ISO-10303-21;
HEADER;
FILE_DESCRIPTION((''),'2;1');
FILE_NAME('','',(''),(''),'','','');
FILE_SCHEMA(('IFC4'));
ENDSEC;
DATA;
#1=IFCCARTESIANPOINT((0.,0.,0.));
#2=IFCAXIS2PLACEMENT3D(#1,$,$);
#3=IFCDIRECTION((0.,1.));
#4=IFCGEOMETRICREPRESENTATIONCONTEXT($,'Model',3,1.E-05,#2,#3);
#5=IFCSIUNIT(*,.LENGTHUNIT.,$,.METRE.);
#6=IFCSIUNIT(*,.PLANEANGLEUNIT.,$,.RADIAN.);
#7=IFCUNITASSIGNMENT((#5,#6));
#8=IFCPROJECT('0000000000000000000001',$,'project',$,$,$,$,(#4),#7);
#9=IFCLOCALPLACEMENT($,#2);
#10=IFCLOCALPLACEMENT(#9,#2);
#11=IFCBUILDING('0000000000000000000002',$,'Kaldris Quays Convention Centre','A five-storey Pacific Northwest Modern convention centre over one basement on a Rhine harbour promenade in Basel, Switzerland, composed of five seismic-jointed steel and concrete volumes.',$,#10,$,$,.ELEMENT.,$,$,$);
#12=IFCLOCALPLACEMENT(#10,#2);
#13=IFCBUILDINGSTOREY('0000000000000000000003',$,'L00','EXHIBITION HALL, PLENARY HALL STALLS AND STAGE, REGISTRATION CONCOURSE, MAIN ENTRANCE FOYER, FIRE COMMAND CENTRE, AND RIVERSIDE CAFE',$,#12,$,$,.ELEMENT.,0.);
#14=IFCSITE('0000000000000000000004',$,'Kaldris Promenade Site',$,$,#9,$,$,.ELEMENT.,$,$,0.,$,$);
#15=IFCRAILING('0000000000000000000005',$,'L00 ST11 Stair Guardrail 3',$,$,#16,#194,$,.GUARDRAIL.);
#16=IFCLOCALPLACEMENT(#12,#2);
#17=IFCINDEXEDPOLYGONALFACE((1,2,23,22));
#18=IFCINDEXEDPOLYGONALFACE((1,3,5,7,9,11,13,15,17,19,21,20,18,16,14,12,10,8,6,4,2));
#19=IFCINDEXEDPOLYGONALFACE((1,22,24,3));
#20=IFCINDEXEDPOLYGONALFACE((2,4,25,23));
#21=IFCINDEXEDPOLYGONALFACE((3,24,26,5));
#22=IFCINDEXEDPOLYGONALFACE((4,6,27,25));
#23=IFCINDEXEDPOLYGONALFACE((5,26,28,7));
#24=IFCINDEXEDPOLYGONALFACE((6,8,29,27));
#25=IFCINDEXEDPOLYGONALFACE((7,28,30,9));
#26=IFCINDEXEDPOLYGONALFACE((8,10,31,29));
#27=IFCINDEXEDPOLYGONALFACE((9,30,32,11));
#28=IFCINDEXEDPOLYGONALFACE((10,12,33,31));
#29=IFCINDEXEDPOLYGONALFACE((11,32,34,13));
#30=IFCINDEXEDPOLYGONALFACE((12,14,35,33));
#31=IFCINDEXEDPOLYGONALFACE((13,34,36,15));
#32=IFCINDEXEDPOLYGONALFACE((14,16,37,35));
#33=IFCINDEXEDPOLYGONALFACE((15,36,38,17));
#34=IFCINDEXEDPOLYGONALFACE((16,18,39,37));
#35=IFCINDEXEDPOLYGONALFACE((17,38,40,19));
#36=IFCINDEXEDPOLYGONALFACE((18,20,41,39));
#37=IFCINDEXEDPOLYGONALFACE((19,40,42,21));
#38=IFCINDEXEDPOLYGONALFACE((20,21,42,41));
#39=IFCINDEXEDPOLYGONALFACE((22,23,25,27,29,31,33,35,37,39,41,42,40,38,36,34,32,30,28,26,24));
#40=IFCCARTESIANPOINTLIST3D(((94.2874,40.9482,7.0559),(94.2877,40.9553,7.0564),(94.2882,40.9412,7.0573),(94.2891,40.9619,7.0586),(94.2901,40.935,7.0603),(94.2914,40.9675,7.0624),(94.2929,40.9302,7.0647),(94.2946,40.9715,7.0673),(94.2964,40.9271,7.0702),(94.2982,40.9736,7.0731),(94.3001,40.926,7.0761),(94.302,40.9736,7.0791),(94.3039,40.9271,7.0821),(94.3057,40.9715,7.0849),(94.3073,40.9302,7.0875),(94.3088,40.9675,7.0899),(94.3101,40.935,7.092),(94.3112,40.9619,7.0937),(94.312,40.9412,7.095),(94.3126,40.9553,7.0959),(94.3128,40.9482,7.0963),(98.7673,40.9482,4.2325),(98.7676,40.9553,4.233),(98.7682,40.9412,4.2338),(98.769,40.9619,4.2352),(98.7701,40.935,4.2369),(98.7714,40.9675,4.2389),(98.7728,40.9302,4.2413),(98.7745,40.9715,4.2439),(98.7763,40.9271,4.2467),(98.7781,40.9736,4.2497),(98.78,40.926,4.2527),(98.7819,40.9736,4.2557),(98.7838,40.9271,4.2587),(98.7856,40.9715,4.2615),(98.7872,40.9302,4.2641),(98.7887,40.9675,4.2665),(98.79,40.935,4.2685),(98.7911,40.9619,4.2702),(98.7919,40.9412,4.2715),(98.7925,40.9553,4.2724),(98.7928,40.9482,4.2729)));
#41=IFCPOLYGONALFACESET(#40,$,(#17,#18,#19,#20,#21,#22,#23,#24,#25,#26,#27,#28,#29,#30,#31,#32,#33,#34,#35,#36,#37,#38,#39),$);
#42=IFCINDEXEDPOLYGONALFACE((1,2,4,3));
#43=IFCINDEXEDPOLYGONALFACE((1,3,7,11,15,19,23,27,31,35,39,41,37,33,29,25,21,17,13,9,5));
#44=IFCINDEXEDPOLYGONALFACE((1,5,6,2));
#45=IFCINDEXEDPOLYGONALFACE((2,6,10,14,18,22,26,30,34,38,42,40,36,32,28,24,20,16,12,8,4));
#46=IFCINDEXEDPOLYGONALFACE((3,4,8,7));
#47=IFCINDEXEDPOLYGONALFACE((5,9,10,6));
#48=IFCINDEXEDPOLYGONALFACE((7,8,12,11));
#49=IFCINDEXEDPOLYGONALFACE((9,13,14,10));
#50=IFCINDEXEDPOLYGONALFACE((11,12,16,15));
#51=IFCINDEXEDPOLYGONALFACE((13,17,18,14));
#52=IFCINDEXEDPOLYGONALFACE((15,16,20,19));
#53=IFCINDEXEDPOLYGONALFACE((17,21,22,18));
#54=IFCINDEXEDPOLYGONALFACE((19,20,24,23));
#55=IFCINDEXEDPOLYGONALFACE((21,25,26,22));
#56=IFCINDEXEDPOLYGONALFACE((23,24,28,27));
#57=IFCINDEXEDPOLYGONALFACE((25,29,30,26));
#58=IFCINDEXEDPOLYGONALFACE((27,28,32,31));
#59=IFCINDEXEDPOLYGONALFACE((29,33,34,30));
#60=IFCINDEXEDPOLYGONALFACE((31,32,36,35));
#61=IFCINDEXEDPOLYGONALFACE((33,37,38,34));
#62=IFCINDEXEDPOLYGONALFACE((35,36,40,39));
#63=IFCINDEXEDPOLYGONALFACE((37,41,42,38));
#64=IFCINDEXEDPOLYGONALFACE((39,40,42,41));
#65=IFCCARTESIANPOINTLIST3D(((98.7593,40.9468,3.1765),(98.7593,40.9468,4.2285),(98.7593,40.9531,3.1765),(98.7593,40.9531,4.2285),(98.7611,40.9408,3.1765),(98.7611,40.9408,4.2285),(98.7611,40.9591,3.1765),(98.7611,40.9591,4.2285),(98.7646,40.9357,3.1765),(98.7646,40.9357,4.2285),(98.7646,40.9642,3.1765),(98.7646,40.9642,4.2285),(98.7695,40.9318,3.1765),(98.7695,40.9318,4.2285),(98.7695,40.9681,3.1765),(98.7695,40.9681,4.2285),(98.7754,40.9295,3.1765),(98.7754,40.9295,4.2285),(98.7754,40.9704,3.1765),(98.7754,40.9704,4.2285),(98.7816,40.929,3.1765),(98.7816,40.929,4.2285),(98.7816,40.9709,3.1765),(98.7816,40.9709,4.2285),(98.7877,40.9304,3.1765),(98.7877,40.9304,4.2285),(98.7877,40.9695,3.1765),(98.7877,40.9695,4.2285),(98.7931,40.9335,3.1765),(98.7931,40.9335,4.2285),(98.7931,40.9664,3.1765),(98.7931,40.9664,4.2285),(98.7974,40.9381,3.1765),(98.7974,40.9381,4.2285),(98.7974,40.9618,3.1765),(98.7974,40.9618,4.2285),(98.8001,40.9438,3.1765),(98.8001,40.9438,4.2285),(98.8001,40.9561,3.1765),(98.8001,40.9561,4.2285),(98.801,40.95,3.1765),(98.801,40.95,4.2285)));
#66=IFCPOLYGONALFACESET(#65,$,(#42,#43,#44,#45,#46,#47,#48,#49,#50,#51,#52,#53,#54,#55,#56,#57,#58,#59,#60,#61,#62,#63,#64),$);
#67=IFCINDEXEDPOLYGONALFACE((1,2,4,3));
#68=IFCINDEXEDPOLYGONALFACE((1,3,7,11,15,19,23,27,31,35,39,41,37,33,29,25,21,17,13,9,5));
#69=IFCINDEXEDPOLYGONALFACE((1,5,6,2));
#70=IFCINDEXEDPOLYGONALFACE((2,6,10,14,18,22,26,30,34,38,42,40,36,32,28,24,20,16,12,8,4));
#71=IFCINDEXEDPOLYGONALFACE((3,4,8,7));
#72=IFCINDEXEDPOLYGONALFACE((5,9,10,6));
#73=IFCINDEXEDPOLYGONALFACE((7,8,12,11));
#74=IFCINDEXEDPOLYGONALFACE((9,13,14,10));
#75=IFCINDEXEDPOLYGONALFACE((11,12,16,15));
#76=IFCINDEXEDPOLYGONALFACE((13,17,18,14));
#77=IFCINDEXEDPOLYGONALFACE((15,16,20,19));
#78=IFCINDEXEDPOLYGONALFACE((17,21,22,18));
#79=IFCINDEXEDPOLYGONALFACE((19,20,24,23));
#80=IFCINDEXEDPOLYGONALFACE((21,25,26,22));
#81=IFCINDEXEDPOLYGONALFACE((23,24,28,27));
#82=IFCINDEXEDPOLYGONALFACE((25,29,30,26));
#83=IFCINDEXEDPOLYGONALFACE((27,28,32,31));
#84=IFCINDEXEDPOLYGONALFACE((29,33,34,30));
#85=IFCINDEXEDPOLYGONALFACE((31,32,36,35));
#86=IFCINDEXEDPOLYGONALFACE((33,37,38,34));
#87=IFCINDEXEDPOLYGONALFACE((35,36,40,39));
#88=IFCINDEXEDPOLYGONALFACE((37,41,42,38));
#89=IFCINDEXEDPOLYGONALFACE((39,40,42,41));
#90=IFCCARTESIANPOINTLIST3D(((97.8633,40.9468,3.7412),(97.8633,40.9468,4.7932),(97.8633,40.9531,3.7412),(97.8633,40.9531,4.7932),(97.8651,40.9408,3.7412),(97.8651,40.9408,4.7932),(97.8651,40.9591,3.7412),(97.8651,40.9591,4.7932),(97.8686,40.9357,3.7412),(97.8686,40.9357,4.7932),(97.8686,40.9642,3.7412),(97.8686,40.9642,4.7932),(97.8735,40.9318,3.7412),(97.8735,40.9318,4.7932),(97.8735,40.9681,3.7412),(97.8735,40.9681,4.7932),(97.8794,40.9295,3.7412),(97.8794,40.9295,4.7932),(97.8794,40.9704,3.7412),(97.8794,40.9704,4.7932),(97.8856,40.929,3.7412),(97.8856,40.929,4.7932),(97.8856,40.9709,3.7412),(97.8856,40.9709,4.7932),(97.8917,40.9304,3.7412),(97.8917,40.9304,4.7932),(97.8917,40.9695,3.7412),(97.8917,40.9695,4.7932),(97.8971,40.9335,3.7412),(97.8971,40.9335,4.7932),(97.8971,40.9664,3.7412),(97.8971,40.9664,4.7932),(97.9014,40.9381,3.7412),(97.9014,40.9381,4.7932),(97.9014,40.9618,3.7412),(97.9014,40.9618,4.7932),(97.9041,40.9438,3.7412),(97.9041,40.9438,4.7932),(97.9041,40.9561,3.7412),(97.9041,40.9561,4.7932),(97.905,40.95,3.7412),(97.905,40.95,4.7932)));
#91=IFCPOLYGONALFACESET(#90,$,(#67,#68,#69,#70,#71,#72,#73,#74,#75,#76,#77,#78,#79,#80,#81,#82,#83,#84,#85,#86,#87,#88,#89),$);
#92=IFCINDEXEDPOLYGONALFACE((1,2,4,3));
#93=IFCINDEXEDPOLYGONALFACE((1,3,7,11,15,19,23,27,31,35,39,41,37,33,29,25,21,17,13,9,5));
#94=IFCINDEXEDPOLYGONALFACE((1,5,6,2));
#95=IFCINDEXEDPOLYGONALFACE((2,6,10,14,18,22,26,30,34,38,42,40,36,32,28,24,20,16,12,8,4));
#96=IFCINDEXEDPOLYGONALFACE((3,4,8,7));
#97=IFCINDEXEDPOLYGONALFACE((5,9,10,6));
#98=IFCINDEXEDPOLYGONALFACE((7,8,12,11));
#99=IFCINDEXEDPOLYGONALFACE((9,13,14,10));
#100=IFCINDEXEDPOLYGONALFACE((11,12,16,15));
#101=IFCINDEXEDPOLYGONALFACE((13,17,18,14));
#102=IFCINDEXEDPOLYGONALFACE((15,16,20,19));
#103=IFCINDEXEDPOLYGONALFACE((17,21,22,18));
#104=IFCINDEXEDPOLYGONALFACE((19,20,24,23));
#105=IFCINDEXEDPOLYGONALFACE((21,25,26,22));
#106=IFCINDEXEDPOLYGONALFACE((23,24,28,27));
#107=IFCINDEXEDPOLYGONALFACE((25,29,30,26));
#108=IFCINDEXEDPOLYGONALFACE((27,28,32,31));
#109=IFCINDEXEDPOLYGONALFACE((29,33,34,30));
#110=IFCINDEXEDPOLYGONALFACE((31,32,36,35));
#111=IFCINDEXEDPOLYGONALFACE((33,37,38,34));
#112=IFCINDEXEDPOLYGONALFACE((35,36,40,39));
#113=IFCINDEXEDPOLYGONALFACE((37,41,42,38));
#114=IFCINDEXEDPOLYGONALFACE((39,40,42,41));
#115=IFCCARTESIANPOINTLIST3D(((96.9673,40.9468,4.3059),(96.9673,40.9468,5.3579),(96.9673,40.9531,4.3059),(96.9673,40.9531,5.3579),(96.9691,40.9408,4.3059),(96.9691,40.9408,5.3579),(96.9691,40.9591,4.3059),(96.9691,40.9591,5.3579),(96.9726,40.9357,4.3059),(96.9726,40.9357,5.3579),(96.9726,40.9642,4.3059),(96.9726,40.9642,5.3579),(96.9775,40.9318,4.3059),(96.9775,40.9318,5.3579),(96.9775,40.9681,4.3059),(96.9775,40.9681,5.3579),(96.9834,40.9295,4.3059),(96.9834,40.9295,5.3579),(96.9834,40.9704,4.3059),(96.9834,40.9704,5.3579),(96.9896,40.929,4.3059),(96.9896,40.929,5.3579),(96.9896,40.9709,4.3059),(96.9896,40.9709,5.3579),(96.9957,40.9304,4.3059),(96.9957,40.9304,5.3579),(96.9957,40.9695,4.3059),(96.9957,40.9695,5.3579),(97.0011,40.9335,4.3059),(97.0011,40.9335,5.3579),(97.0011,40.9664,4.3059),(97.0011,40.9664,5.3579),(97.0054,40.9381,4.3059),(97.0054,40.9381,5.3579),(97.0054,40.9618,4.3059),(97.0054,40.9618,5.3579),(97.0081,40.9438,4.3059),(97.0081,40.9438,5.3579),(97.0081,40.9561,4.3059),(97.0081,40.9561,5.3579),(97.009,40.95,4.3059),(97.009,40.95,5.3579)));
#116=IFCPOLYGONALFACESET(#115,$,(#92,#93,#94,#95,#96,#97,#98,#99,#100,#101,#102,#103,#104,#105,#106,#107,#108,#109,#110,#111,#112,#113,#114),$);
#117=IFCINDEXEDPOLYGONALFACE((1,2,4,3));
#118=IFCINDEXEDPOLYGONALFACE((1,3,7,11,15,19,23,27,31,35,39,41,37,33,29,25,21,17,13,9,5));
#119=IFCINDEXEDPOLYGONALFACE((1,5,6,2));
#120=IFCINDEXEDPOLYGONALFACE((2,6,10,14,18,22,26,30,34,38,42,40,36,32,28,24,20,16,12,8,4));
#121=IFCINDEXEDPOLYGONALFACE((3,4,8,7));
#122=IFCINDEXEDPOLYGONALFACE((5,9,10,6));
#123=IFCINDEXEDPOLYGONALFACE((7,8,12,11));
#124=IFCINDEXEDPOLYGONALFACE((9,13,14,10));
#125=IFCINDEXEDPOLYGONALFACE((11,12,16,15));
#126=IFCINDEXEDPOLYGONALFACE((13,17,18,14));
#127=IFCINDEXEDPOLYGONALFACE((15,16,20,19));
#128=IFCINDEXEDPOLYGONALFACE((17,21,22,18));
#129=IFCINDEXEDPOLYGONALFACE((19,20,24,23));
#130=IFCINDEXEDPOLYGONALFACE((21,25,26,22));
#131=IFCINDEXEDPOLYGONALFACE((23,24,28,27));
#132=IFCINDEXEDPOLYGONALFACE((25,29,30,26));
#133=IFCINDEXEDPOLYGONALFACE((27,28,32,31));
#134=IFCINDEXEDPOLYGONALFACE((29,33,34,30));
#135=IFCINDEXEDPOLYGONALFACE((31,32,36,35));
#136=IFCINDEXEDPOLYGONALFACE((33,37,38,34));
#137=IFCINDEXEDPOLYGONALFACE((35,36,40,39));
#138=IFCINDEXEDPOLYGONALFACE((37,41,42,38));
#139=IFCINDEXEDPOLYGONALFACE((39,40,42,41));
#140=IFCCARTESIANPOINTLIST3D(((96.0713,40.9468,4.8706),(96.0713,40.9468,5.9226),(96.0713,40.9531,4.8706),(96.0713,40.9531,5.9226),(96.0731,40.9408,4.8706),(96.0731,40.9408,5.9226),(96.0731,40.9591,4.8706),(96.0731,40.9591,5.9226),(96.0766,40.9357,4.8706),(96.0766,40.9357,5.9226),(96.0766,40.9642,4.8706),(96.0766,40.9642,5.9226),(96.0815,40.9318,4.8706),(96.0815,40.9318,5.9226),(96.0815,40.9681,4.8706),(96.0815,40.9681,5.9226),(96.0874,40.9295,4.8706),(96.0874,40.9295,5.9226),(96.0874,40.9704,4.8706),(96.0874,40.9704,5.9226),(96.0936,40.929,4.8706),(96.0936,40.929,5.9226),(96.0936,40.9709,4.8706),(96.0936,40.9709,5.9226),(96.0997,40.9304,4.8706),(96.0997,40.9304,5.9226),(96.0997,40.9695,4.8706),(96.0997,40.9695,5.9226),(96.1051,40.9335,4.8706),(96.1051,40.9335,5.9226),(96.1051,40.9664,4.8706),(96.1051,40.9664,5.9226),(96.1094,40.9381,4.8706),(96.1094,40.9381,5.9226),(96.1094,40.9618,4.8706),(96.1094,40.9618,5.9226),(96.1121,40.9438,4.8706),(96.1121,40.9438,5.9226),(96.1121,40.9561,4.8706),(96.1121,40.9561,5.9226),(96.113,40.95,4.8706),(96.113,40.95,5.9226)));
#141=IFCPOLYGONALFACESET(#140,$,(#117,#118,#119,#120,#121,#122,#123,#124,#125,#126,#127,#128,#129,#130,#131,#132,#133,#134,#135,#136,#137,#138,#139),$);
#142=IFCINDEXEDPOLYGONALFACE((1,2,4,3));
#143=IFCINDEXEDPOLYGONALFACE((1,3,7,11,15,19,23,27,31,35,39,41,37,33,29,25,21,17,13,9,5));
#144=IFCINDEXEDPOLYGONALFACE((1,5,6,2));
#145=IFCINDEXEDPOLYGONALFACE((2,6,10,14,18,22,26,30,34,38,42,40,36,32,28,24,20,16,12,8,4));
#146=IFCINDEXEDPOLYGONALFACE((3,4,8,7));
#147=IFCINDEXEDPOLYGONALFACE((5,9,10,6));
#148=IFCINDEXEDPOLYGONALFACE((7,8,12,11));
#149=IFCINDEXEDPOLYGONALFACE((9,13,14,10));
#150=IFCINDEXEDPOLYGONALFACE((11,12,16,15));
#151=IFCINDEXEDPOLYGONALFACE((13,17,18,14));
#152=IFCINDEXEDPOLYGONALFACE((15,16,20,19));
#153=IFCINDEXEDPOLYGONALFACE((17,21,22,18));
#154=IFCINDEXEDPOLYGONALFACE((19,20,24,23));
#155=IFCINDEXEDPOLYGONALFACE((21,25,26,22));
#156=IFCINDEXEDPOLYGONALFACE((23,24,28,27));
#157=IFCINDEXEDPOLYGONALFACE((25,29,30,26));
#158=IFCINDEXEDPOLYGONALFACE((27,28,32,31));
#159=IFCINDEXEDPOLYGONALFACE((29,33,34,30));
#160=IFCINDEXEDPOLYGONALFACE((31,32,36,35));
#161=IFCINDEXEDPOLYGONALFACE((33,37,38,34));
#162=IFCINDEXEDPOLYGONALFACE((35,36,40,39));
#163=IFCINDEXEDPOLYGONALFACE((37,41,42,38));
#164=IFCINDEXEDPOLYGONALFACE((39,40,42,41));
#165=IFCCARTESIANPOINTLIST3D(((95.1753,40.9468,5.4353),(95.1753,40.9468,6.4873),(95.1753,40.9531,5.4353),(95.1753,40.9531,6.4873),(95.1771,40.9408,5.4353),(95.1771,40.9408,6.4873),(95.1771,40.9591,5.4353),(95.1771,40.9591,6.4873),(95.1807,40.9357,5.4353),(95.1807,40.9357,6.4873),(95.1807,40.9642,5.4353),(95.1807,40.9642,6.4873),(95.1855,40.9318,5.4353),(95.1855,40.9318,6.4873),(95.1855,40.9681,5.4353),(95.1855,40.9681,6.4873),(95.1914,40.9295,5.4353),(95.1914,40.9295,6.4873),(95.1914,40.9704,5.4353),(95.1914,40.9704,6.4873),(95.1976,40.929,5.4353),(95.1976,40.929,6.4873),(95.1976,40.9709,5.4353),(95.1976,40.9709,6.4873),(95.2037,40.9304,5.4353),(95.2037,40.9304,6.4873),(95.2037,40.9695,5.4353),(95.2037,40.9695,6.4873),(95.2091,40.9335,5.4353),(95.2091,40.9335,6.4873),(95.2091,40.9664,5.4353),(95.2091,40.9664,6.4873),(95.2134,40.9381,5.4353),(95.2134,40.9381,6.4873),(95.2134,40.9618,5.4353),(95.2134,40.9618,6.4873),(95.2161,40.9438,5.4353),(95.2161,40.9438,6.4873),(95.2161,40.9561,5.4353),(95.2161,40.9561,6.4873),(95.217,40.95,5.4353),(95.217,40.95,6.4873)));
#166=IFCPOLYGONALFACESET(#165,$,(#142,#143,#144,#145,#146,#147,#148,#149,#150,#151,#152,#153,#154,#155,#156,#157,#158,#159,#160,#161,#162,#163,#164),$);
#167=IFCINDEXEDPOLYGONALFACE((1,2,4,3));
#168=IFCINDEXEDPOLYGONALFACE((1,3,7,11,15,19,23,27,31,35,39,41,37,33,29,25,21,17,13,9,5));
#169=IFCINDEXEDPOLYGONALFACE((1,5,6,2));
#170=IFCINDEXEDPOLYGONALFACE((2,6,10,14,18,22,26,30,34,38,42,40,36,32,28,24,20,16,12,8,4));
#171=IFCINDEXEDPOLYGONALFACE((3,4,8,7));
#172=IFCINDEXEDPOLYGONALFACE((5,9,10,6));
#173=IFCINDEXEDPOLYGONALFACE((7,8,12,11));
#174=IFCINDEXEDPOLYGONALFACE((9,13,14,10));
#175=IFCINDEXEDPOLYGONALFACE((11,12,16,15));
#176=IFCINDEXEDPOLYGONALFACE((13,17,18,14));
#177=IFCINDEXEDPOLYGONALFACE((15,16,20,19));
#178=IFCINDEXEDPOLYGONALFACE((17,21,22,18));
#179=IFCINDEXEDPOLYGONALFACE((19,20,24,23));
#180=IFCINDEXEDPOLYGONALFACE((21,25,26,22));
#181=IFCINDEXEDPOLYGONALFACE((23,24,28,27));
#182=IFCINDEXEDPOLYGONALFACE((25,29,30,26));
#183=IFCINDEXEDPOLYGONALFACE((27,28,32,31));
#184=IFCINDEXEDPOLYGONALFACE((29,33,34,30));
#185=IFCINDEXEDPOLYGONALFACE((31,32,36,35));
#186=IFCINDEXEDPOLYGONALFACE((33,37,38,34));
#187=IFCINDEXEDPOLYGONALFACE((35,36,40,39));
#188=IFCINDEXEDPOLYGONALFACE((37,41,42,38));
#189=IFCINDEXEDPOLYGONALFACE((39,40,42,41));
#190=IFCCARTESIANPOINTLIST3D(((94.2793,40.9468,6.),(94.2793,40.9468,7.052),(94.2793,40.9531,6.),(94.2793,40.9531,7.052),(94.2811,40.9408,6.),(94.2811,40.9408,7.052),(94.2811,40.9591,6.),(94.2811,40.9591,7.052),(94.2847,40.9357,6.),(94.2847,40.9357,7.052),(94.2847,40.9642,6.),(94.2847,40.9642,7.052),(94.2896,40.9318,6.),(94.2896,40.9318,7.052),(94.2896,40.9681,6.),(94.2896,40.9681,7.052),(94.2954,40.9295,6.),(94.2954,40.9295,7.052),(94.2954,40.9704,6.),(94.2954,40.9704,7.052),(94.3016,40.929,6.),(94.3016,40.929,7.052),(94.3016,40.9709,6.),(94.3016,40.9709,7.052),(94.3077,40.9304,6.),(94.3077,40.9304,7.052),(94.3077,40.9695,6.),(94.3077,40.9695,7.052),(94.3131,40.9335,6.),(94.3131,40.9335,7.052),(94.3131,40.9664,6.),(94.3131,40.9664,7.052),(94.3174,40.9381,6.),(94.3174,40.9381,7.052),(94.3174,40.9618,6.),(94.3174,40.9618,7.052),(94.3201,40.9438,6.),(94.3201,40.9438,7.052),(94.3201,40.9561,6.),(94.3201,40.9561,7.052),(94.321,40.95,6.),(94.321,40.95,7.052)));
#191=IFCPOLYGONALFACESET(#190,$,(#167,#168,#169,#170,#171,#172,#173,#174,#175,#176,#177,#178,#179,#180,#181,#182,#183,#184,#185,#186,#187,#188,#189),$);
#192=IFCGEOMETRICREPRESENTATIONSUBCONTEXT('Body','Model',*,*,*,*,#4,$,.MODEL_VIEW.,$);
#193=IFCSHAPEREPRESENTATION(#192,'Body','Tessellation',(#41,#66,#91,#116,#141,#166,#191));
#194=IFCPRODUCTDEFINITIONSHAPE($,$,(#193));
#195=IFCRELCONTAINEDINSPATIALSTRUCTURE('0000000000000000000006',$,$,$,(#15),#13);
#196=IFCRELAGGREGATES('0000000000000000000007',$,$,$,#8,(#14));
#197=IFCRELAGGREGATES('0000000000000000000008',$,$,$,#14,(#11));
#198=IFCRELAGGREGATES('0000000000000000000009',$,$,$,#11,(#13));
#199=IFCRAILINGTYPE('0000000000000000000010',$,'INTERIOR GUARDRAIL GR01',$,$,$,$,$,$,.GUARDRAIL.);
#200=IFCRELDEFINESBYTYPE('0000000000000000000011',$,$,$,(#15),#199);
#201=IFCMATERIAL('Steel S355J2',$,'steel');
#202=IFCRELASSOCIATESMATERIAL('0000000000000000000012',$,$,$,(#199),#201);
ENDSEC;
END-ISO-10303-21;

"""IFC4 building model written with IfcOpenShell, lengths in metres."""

from ifc_helpers import new_model, si_unit, direction, frame, origin, origin_2d, place, context, subcontext, project, spatial, circle, extrude, material, type_object, element, save


model = new_model("IFC4")

# Units and contexts
model_context = context("Model", 3, precision=1e-05, world=origin(), true_north=direction((0.0, 1.0)))
body_context = subcontext(model_context, "Body", "Model", "MODEL_VIEW")
ifc_project = project(units=[si_unit("LENGTHUNIT", "METRE"), si_unit("PLANEANGLEUNIT", "RADIAN")], contexts=[model_context])

# Site, building, storey
site_placement = place(None, origin())
site = spatial("IfcSite", under=ifc_project, at=site_placement, Name="Kaldris Promenade Site", CompositionType="ELEMENT", RefElevation=0.0)
building_placement = place(site_placement, origin())
building = spatial("IfcBuilding", under=site, at=building_placement, Name="Kaldris Quays Convention Centre", Description="A five-storey Pacific Northwest Modern convention centre over one basement on a Rhine harbour promenade in Basel, Switzerland, composed of five seismic-jointed steel and concrete volumes.", CompositionType="ELEMENT")
storey_placement = place(building_placement, origin())
storey = spatial("IfcBuildingStorey", under=building, at=storey_placement, Name="L00", Description="EXHIBITION HALL, PLENARY HALL STALLS AND STAGE, REGISTRATION CONCOURSE, MAIN ENTRANCE FOYER, FIRE COMMAND CENTRE, AND RIVERSIDE CAFE", CompositionType="ELEMENT", Elevation=0.0)

# Shared definitions
ifc_material_1 = material(Name="Steel S355J2", Category="steel")

# Railing
railing_type_1 = type_object("IfcRailingType", Name="INTERIOR GUARDRAIL GR01", PredefinedType="GUARDRAIL", material=ifc_material_1)
railing_1_placement = place(storey_placement, frame((98.78, 40.95, 3.1765)))
element("IfcRailing", 1, at=railing_1_placement, inside=storey, type_object=railing_type_1, Name="L00 ST11 Stair Guardrail 3", PredefinedType="GUARDRAIL", context=body_context, shape_type="SweptSolid", body=[
    extrude(circle(Radius=0.0239, at=origin_2d()), frame((0.0, 0.0, 1.0762), z_axis=(-0.845998, 0.0, 0.533186), x_axis=(0.0, -1.0, 0.0)), (0.0, 0.0, 1.0), 5.2954),
    extrude(circle(Radius=0.021, at=origin_2d()), origin(), (0.0, 0.0, 1.0), 1.052),
    extrude(circle(Radius=0.021, at=origin_2d()), frame((-0.896, 0.0, 0.5647)), (0.0, 0.0, 1.0), 1.052),
    extrude(circle(Radius=0.021, at=origin_2d()), frame((-1.792, 0.0, 1.1294)), (0.0, 0.0, 1.0), 1.052),
    extrude(circle(Radius=0.021, at=origin_2d()), frame((-2.688, 0.0, 1.6941)), (0.0, 0.0, 1.0), 1.052),
    extrude(circle(Radius=0.021, at=origin_2d()), frame((-3.584, 0.0, 2.2588)), (0.0, 0.0, 1.0), 1.052),
    extrude(circle(Radius=0.021, at=origin_2d()), frame((-4.48, 0.0, 2.8235)), (0.0, 0.0, 1.0), 1.052),
])

save(model, "model.ifc")
